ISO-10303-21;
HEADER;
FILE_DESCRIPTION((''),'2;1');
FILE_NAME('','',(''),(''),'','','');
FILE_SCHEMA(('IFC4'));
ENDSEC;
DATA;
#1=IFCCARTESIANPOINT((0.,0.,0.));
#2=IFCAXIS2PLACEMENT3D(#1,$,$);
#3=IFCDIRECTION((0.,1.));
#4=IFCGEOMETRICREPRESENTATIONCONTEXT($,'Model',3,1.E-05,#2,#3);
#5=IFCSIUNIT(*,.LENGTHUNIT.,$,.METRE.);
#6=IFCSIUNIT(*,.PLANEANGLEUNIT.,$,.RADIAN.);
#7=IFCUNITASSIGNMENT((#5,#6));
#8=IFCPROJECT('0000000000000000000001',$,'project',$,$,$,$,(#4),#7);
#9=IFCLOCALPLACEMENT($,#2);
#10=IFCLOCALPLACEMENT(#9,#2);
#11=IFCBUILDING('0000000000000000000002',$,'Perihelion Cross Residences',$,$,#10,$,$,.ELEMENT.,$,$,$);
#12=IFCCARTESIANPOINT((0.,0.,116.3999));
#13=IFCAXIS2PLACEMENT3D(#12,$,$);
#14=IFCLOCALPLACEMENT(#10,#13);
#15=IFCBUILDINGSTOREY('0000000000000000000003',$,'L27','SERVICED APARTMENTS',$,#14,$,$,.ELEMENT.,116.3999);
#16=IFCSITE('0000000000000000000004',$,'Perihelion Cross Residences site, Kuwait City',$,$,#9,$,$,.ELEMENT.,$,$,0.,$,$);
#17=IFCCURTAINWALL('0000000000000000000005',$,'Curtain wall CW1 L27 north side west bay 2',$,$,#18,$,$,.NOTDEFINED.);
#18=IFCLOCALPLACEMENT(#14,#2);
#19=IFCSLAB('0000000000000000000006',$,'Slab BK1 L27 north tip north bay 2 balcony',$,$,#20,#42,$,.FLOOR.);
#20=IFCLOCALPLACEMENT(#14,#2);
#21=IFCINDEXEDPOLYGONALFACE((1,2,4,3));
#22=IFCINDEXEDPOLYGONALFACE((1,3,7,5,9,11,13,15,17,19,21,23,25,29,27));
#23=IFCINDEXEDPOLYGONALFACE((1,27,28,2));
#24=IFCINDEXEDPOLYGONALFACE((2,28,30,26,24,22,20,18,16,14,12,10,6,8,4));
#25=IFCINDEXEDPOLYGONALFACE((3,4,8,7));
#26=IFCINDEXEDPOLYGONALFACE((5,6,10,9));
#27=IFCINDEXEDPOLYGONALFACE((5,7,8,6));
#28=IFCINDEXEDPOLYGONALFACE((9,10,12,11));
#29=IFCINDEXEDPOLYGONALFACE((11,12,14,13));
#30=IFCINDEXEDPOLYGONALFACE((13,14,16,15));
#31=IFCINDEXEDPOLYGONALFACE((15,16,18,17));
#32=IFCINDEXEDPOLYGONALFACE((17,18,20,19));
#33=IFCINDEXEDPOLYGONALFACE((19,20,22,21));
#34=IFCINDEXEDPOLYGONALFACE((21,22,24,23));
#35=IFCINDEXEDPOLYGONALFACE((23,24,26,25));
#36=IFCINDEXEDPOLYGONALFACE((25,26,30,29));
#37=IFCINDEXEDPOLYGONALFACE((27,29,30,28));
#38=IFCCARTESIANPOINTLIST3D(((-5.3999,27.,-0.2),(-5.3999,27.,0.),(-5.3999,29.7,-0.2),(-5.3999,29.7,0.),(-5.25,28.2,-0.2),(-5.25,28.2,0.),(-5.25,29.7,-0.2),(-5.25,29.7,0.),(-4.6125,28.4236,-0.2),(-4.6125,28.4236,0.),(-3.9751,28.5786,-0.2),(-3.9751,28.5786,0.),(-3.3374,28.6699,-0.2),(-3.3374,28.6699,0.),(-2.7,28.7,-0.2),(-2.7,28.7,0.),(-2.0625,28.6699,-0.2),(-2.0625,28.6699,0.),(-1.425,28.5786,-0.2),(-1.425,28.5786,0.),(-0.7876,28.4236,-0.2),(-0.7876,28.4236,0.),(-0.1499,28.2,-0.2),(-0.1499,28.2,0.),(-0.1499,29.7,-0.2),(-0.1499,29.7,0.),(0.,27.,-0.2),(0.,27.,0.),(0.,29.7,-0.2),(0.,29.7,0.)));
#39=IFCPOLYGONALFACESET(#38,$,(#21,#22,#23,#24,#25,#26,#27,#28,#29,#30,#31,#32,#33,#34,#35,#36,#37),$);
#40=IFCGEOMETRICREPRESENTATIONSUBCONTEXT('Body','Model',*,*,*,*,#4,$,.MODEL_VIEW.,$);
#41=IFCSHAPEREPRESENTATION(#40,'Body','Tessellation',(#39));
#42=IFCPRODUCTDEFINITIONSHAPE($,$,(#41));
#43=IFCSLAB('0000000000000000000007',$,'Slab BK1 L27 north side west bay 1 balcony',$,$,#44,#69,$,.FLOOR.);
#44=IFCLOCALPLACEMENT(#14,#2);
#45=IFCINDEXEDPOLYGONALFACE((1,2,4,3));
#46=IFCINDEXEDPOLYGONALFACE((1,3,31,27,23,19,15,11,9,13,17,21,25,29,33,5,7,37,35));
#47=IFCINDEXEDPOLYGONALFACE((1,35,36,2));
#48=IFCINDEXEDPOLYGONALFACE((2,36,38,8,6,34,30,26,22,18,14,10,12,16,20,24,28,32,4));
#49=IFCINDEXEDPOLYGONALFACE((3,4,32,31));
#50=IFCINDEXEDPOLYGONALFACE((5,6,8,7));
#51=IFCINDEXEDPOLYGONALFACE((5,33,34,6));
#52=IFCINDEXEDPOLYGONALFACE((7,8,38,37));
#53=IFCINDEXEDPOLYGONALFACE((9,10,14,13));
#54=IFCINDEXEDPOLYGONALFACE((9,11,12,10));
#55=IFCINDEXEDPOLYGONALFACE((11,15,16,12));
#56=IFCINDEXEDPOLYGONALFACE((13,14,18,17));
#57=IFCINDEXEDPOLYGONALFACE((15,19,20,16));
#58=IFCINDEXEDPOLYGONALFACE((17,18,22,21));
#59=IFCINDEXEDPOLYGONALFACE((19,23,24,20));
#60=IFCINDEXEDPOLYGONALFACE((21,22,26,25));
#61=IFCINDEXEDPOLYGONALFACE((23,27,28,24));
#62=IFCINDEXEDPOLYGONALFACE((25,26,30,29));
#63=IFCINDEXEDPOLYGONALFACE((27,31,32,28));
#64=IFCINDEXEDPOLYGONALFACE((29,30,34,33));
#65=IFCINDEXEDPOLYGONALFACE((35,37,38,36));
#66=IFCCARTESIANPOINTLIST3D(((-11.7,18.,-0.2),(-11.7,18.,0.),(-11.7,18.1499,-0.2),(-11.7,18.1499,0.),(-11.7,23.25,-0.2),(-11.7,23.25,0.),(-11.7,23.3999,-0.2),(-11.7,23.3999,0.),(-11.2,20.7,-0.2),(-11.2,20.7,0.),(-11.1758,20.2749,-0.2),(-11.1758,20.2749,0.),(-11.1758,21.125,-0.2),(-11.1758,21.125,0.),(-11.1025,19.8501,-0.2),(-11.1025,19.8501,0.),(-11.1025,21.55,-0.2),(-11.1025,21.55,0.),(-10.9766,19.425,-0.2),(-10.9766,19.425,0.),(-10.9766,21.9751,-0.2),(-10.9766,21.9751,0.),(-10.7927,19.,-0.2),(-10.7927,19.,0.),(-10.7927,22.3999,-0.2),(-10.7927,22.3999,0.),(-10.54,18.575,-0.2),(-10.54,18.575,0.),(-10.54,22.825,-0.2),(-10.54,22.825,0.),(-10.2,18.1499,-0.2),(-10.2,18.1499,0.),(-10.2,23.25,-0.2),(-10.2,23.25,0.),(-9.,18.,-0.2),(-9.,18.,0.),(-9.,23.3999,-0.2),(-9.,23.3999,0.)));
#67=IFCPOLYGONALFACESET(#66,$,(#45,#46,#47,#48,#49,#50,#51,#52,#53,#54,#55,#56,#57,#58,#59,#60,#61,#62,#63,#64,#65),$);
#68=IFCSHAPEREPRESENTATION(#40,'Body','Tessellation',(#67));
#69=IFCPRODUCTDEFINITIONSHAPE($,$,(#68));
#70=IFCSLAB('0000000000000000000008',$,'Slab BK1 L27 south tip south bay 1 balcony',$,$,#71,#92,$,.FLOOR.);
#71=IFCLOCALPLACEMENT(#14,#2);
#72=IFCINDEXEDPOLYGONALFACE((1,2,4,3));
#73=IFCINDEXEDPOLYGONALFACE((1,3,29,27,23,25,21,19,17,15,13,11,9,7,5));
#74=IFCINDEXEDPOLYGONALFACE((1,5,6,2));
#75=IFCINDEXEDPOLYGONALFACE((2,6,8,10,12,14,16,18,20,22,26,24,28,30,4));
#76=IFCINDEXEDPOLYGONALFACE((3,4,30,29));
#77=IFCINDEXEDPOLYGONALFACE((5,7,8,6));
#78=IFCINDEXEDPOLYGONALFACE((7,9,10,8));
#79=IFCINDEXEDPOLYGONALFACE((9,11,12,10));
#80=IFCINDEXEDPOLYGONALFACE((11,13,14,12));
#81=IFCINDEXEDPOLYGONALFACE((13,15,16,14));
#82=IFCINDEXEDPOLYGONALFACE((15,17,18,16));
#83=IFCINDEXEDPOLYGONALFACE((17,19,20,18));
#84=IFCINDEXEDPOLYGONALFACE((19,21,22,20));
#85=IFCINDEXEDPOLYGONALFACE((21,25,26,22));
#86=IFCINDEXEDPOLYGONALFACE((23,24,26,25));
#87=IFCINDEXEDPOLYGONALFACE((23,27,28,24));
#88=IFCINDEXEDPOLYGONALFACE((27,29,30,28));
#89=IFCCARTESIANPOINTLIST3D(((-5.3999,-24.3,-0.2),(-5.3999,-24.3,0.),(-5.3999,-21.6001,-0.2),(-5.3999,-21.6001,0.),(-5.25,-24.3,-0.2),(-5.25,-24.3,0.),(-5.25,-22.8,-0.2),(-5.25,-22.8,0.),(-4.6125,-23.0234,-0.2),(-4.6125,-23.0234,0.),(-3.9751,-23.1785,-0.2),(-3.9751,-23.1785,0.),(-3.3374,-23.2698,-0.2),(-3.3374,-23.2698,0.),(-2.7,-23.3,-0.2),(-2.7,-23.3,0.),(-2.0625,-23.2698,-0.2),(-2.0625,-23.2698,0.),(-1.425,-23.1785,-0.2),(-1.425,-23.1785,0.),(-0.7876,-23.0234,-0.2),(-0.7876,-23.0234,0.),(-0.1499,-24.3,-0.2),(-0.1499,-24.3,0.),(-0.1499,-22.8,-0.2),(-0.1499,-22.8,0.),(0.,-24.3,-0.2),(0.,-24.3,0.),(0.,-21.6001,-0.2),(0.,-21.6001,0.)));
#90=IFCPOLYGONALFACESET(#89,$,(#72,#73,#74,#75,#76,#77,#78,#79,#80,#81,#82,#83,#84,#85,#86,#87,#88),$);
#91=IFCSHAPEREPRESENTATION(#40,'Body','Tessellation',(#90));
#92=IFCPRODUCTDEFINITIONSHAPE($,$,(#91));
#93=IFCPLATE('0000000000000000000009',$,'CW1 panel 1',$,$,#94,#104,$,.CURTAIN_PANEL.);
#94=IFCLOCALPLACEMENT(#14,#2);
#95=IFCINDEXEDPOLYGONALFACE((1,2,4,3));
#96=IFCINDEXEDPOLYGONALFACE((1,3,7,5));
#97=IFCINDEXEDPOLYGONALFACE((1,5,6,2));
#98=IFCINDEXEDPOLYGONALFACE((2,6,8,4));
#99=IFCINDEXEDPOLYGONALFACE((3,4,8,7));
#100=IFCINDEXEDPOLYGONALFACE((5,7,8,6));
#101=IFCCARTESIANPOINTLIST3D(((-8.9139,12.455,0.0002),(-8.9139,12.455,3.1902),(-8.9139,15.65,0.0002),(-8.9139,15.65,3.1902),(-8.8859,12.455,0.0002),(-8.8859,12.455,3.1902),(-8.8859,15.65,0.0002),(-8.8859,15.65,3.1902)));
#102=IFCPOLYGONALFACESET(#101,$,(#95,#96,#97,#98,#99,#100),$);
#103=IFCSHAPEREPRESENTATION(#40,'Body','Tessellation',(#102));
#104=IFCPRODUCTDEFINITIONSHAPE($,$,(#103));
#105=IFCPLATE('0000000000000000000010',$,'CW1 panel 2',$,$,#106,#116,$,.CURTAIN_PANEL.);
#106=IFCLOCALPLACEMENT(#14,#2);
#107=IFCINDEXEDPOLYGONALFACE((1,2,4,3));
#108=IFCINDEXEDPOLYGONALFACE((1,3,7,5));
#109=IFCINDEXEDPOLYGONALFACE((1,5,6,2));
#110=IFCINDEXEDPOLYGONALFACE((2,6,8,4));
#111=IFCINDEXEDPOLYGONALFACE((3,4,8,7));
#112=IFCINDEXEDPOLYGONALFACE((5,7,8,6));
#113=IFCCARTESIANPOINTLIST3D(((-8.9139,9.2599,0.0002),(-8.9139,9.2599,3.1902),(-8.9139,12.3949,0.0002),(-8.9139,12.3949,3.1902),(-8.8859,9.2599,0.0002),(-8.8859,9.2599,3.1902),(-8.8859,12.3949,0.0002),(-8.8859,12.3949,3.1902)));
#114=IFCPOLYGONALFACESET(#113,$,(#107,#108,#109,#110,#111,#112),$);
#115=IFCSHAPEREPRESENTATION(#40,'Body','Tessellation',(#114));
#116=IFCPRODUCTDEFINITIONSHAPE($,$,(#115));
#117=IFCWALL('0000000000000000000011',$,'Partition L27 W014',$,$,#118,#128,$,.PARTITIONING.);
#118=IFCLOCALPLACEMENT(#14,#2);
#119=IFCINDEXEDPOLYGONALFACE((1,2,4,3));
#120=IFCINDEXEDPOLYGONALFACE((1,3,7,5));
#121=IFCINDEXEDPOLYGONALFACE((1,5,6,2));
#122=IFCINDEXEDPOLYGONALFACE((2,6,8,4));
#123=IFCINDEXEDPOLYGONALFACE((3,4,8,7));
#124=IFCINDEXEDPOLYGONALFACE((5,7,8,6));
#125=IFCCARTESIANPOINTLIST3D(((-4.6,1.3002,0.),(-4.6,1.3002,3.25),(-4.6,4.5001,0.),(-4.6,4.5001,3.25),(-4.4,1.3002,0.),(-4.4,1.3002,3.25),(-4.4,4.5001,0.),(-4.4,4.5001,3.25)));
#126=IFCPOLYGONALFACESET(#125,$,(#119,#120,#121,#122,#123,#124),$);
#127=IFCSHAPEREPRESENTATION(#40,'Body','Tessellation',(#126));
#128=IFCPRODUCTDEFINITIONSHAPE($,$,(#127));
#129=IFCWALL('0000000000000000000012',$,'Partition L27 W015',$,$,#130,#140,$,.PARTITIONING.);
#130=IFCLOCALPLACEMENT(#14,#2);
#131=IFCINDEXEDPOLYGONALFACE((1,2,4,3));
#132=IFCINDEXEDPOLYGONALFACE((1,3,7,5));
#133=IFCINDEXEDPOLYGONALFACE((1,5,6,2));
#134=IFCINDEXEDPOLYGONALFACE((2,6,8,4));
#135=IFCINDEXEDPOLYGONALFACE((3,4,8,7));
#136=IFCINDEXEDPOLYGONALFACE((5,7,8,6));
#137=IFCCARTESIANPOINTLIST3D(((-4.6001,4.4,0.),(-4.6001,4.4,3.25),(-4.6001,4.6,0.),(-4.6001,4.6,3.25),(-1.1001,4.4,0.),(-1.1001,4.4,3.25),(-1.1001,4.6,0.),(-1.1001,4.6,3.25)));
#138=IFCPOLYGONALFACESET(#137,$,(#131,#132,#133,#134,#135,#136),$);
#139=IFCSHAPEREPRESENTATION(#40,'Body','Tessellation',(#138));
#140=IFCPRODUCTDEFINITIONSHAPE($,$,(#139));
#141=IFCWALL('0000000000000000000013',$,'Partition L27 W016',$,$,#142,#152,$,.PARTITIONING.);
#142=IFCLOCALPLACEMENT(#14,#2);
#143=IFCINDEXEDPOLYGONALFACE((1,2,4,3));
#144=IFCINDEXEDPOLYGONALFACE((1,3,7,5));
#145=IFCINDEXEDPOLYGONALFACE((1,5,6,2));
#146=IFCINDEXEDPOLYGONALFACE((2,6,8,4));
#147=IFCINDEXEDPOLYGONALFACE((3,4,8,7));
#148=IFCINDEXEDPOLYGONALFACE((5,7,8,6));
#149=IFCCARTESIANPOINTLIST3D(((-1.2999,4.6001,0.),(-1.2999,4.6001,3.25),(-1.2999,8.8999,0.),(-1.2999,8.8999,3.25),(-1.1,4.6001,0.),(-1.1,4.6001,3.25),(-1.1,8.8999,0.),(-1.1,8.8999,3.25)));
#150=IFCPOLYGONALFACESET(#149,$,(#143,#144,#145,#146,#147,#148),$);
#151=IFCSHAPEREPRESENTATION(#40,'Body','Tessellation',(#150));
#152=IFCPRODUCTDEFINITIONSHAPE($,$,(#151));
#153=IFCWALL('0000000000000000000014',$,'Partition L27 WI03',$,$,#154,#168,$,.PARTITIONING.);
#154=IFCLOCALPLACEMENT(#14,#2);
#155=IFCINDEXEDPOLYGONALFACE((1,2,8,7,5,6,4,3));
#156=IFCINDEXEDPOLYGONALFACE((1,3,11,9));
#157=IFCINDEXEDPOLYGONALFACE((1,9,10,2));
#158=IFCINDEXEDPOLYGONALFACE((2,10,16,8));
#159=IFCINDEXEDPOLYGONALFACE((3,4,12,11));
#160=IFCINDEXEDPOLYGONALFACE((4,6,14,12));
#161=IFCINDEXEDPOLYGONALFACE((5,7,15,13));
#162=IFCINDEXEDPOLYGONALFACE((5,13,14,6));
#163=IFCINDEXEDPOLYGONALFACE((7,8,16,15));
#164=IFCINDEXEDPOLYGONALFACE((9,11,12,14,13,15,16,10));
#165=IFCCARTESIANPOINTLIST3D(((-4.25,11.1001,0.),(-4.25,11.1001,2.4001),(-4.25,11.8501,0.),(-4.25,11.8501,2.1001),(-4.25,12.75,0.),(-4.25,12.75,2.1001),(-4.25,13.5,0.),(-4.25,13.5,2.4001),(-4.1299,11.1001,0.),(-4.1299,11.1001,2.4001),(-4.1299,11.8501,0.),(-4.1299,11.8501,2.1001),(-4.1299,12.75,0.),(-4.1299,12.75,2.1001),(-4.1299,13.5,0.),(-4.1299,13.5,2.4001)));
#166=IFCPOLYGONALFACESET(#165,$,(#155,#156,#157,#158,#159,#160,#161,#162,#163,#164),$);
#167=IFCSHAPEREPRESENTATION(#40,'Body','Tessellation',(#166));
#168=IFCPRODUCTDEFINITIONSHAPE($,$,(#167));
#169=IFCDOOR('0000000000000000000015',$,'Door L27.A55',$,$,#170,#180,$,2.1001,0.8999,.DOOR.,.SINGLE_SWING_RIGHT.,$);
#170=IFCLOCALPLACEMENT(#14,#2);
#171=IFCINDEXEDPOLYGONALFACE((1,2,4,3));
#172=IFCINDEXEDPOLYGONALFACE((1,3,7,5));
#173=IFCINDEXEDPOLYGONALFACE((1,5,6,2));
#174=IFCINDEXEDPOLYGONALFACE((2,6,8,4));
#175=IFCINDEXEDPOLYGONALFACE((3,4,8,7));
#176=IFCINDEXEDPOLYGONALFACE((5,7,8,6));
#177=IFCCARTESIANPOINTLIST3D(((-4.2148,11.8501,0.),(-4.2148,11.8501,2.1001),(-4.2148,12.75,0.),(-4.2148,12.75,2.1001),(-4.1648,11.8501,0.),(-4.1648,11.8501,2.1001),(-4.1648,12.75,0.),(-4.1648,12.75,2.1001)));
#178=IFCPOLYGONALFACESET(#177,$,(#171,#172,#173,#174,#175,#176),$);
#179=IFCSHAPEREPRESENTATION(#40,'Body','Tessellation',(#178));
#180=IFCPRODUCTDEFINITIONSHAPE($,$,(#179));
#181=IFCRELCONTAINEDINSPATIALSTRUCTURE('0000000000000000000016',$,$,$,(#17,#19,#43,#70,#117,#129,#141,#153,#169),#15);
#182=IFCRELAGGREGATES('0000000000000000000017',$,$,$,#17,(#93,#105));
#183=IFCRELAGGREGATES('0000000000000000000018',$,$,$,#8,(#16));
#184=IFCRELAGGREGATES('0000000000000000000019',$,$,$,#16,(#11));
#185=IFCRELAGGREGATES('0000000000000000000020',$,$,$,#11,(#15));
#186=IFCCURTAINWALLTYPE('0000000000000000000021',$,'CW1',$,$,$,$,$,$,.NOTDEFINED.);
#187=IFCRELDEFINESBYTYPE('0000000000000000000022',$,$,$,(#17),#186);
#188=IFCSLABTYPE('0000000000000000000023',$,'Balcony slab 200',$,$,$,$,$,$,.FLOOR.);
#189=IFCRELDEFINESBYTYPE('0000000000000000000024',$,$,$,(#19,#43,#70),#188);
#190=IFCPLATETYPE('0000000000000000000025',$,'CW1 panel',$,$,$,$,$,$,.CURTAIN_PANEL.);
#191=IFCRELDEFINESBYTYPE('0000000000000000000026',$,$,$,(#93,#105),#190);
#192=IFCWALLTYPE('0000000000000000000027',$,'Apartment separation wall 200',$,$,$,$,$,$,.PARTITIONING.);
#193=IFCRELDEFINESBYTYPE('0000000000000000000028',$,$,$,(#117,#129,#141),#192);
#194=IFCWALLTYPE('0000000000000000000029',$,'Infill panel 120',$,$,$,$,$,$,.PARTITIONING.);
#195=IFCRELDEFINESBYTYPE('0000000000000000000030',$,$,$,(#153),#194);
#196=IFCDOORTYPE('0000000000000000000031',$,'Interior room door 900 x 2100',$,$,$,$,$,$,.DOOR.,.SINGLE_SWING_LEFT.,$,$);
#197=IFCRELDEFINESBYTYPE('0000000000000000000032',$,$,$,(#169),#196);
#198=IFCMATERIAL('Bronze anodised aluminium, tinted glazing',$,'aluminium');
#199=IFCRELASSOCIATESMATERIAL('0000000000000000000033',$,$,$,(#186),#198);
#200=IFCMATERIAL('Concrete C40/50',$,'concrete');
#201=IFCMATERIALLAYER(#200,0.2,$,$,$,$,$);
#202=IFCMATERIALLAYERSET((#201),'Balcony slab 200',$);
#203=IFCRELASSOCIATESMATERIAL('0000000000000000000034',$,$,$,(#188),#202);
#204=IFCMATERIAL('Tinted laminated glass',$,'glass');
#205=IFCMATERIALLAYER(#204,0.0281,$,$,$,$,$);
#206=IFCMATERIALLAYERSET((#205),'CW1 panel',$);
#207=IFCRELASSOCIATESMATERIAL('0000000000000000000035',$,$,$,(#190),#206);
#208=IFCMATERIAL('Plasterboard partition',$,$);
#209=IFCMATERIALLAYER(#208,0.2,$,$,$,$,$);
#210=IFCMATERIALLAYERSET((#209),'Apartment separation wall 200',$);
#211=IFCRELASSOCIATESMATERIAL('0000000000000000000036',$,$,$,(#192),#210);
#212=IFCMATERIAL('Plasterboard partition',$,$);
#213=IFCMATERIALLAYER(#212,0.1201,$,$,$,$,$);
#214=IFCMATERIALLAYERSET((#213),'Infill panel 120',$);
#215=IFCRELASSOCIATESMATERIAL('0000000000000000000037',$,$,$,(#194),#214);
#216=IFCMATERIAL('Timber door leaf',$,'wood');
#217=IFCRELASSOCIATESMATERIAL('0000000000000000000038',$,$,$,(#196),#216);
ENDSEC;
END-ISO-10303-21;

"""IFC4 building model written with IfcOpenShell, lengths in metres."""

from ifc_helpers import new_model, si_unit, direction, frame, frame_2d, origin, origin_2d, place, context, subcontext, project, spatial, polyline, rectangle, outline, extrude, material, layer, layer_set, type_object, element, fill, aggregate, save


model = new_model("IFC4")

# Units and contexts
model_context = context("Model", 3, precision=1e-05, world=origin(), true_north=direction((0.0, 1.0)))
body_context = subcontext(model_context, "Body", "Model", "MODEL_VIEW")
ifc_project = project(units=[si_unit("LENGTHUNIT", "METRE"), si_unit("PLANEANGLEUNIT", "RADIAN")], contexts=[model_context])

# Site, building, storey
site_placement = place(None, origin())
site = spatial("IfcSite", under=ifc_project, at=site_placement, Name="Perihelion Cross Residences site, Kuwait City", CompositionType="ELEMENT", RefElevation=0.0)
building_placement = place(site_placement, origin())
building = spatial("IfcBuilding", under=site, at=building_placement, Name="Perihelion Cross Residences", CompositionType="ELEMENT")
storey_placement = place(building_placement, frame((0.0, 0.0, 116.3999)))
storey = spatial("IfcBuildingStorey", under=building, at=storey_placement, Name="L27", Description="SERVICED APARTMENTS", CompositionType="ELEMENT", Elevation=116.3999)

# Curtain wall
ifc_material_1 = material(Name="Bronze anodised aluminium, tinted glazing", Category="aluminium")
curtain_wall_type = type_object("IfcCurtainWallType", Name="CW1", PredefinedType="NOTDEFINED", material=ifc_material_1)
curtain_wall_placement = place(storey_placement, origin())
curtain_wall = element("IfcCurtainWall", 1, at=curtain_wall_placement, inside=storey, type_object=curtain_wall_type, Name="Curtain wall CW1 L27 north side west bay 2", PredefinedType="NOTDEFINED")

# Slabs
ifc_material_2 = material(Name="Concrete C40/50", Category="concrete")
ifc_layer_1 = layer(ifc_material_2, 0.2)
ifc_layer_set_1 = layer_set([ifc_layer_1], Name="Balcony slab 200")
slab_type = type_object("IfcSlabType", Name="Balcony slab 200", PredefinedType="FLOOR", material=ifc_layer_set_1)
slab_1_placement = place(storey_placement, frame((0.0, 0.0, -0.2)))
element("IfcSlab", 2, at=slab_1_placement, inside=storey, type_object=slab_type, Name="Slab BK1 L27 north tip north bay 2 balcony", PredefinedType="FLOOR", context=body_context, shape_type="SweptSolid", body=[
    extrude(outline(polyline([(0.0, 27.0), (-5.3999, 27.0), (-5.3999, 29.7), (-5.25, 29.7), (-5.25, 28.2), (-4.6125, 28.4236), (-3.9751, 28.5786), (-3.3374, 28.6699), (-2.7, 28.7), (-2.0625, 28.6699), (-1.425, 28.5786), (-0.7876, 28.4236), (-0.1499, 28.2), (-0.1499, 29.7), (0.0, 29.7), (0.0, 27.0)])), origin(), (0.0, 0.0, 1.0), 0.2),
])
slab_2_placement = place(storey_placement, frame((0.0, 0.0, -0.2)))
element("IfcSlab", 3, at=slab_2_placement, inside=storey, type_object=slab_type, Name="Slab BK1 L27 north side west bay 1 balcony", PredefinedType="FLOOR", context=body_context, shape_type="SweptSolid", body=[
    extrude(outline(polyline([(-9.0, 23.3999), (-9.0, 18.0), (-11.7, 18.0), (-11.7, 18.1499), (-10.2, 18.1499), (-10.54, 18.575), (-10.7927, 19.0), (-10.9766, 19.425), (-11.1025, 19.8501), (-11.1758, 20.2749), (-11.2, 20.7), (-11.1758, 21.125), (-11.1025, 21.55), (-10.9766, 21.9751), (-10.7927, 22.3999), (-10.54, 22.825), (-10.2, 23.25), (-11.7, 23.25), (-11.7, 23.3999), (-9.0, 23.3999)])), origin(), (0.0, 0.0, 1.0), 0.2),
])
slab_3_placement = place(storey_placement, frame((0.0, 0.0, -0.2)))
element("IfcSlab", 4, at=slab_3_placement, inside=storey, type_object=slab_type, Name="Slab BK1 L27 south tip south bay 1 balcony", PredefinedType="FLOOR", context=body_context, shape_type="SweptSolid", body=[
    extrude(outline(polyline([(-5.3999, -21.6001), (0.0, -21.6001), (0.0, -24.3), (-0.1499, -24.3), (-0.1499, -22.8), (-0.7876, -23.0234), (-1.425, -23.1785), (-2.0625, -23.2698), (-2.7, -23.3), (-3.3374, -23.2698), (-3.9751, -23.1785), (-4.6125, -23.0234), (-5.25, -22.8), (-5.25, -24.3), (-5.3999, -24.3), (-5.3999, -21.6001)])), origin(), (0.0, 0.0, 1.0), 0.2),
])

# Plates
ifc_material_3 = material(Name="Tinted laminated glass", Category="glass")
ifc_layer_2 = layer(ifc_material_3, 0.0281)
ifc_layer_set_2 = layer_set([ifc_layer_2], Name="CW1 panel")
plate_type = type_object("IfcPlateType", Name="CW1 panel", PredefinedType="CURTAIN_PANEL", material=ifc_layer_set_2)
plate_1_placement = place(storey_placement, frame((-8.8999, 14.0525, 0.0002), z_axis=(0.0, 0.0, 1.0), x_axis=(0.0, -1.0, 0.0)))
plate_1 = element("IfcPlate", 5, at=plate_1_placement, type_object=plate_type, Name="CW1 panel 1", PredefinedType="CURTAIN_PANEL", context=body_context, shape_type="SweptSolid", body=[
    extrude(rectangle(XDim=3.1951, YDim=0.0281, at=origin_2d()), origin(), (0.0, 0.0, 1.0), 3.1899),
])
plate_2_placement = place(storey_placement, frame((-8.8999, 10.8274, 0.0002), z_axis=(0.0, 0.0, 1.0), x_axis=(0.0, -1.0, 0.0)))
plate_2 = element("IfcPlate", 6, at=plate_2_placement, type_object=plate_type, Name="CW1 panel 2", PredefinedType="CURTAIN_PANEL", context=body_context, shape_type="SweptSolid", body=[
    extrude(rectangle(XDim=3.135, YDim=0.0281, at=origin_2d()), origin(), (0.0, 0.0, 1.0), 3.1899),
])
aggregate(curtain_wall, [plate_1, plate_2])

# Walls
ifc_material_4 = material(Name="Plasterboard partition")
ifc_layer_3 = layer(ifc_material_4, 0.2)
ifc_layer_set_3 = layer_set([ifc_layer_3], Name="Apartment separation wall 200")
wall_type_1 = type_object("IfcWallType", Name="Apartment separation wall 200", PredefinedType="PARTITIONING", material=ifc_layer_set_3)
wall_1_placement = place(storey_placement, frame((-4.5, 1.3, 0.0), z_axis=(0.0, 0.0, 1.0), x_axis=(0.0, 1.0, 0.0)))
element("IfcWall", 7, at=wall_1_placement, inside=storey, type_object=wall_type_1, Name="Partition L27 W014", PredefinedType="PARTITIONING", context=body_context, shape_type="SweptSolid", body=[
    extrude(rectangle(XDim=3.2, YDim=0.2, at=frame_2d((1.6001, 0.0))), origin(), (0.0, 0.0, 1.0), 3.25),
])
wall_2_placement = place(storey_placement, frame((-4.6001, 4.5, 0.0), z_axis=(0.0, 0.0, 1.0), x_axis=(1.0, 0.0, 0.0)))
element("IfcWall", 8, at=wall_2_placement, inside=storey, type_object=wall_type_1, Name="Partition L27 W015", PredefinedType="PARTITIONING", context=body_context, shape_type="SweptSolid", body=[
    extrude(rectangle(XDim=3.5, YDim=0.2, at=frame_2d((1.75, 0.0))), origin(), (0.0, 0.0, 1.0), 3.25),
])
wall_3_placement = place(storey_placement, frame((-1.2, 4.6001, 0.0), z_axis=(0.0, 0.0, 1.0), x_axis=(0.0, 1.0, 0.0)))
element("IfcWall", 9, at=wall_3_placement, inside=storey, type_object=wall_type_1, Name="Partition L27 W016", PredefinedType="PARTITIONING", context=body_context, shape_type="SweptSolid", body=[
    extrude(rectangle(XDim=4.2998, YDim=0.2, at=frame_2d((2.1499, 0.0))), origin(), (0.0, 0.0, 1.0), 3.25),
])

# Wall, opening, door
ifc_material_5 = material(Name="Plasterboard partition")
ifc_layer_4 = layer(ifc_material_5, 0.1201)
ifc_layer_set_4 = layer_set([ifc_layer_4], Name="Infill panel 120")
wall_type_2 = type_object("IfcWallType", Name="Infill panel 120", PredefinedType="PARTITIONING", material=ifc_layer_set_4)
wall_4_placement = place(storey_placement, frame((-4.1899, 11.1001, 0.0), z_axis=(0.0, 0.0, 1.0), x_axis=(0.0, 1.0, 0.0)))
wall_4 = element("IfcWall", 10, at=wall_4_placement, inside=storey, type_object=wall_type_2, Name="Partition L27 WI03", PredefinedType="PARTITIONING", context=body_context, shape_type="SweptSolid", body=[
    extrude(rectangle(XDim=2.3999, YDim=0.1201, at=frame_2d((1.2, 0.0))), origin(), (0.0, 0.0, 1.0), 2.4001),
])
opening_1_placement = place(wall_4_placement, frame((0.75, 0.0, 0.0)))
opening_1 = element("IfcOpeningElement", 11, at=opening_1_placement, cuts=wall_4, PredefinedType="OPENING", context=body_context, shape_type="SweptSolid", body=[
    extrude(rectangle(XDim=0.8999, YDim=2.1001, at=frame_2d((0.45, 1.05))), frame((0.0, 0.0701, 0.0), z_axis=(0.0, -1.0, 0.0), x_axis=(1.0, 0.0, 0.0)), (0.0, 0.0, 1.0), 0.1401),
])
ifc_material_6 = material(Name="Timber door leaf", Category="wood")
door_type_1 = type_object("IfcDoorType", Name="Interior room door 900 x 2100", OperationType="SINGLE_SWING_LEFT", PredefinedType="DOOR", material=ifc_material_6)
door_1_placement = place(opening_1_placement, origin())
door_1 = element("IfcDoor", 12, at=door_1_placement, inside=storey, type_object=door_type_1, Name="Door L27.A55", OperationType="SINGLE_SWING_RIGHT", OverallHeight=2.1001, OverallWidth=0.8999, PredefinedType="DOOR", context=body_context, shape_type="SweptSolid", body=[
    extrude(rectangle(XDim=0.8999, YDim=2.1001, at=frame_2d((0.45, 1.05))), frame((0.0, 0.0249, 0.0), z_axis=(0.0, -1.0, 0.0), x_axis=(1.0, 0.0, 0.0)), (0.0, 0.0, 1.0), 0.05),
])
fill(opening_1, door_1)

save(model, "model.ifc")
